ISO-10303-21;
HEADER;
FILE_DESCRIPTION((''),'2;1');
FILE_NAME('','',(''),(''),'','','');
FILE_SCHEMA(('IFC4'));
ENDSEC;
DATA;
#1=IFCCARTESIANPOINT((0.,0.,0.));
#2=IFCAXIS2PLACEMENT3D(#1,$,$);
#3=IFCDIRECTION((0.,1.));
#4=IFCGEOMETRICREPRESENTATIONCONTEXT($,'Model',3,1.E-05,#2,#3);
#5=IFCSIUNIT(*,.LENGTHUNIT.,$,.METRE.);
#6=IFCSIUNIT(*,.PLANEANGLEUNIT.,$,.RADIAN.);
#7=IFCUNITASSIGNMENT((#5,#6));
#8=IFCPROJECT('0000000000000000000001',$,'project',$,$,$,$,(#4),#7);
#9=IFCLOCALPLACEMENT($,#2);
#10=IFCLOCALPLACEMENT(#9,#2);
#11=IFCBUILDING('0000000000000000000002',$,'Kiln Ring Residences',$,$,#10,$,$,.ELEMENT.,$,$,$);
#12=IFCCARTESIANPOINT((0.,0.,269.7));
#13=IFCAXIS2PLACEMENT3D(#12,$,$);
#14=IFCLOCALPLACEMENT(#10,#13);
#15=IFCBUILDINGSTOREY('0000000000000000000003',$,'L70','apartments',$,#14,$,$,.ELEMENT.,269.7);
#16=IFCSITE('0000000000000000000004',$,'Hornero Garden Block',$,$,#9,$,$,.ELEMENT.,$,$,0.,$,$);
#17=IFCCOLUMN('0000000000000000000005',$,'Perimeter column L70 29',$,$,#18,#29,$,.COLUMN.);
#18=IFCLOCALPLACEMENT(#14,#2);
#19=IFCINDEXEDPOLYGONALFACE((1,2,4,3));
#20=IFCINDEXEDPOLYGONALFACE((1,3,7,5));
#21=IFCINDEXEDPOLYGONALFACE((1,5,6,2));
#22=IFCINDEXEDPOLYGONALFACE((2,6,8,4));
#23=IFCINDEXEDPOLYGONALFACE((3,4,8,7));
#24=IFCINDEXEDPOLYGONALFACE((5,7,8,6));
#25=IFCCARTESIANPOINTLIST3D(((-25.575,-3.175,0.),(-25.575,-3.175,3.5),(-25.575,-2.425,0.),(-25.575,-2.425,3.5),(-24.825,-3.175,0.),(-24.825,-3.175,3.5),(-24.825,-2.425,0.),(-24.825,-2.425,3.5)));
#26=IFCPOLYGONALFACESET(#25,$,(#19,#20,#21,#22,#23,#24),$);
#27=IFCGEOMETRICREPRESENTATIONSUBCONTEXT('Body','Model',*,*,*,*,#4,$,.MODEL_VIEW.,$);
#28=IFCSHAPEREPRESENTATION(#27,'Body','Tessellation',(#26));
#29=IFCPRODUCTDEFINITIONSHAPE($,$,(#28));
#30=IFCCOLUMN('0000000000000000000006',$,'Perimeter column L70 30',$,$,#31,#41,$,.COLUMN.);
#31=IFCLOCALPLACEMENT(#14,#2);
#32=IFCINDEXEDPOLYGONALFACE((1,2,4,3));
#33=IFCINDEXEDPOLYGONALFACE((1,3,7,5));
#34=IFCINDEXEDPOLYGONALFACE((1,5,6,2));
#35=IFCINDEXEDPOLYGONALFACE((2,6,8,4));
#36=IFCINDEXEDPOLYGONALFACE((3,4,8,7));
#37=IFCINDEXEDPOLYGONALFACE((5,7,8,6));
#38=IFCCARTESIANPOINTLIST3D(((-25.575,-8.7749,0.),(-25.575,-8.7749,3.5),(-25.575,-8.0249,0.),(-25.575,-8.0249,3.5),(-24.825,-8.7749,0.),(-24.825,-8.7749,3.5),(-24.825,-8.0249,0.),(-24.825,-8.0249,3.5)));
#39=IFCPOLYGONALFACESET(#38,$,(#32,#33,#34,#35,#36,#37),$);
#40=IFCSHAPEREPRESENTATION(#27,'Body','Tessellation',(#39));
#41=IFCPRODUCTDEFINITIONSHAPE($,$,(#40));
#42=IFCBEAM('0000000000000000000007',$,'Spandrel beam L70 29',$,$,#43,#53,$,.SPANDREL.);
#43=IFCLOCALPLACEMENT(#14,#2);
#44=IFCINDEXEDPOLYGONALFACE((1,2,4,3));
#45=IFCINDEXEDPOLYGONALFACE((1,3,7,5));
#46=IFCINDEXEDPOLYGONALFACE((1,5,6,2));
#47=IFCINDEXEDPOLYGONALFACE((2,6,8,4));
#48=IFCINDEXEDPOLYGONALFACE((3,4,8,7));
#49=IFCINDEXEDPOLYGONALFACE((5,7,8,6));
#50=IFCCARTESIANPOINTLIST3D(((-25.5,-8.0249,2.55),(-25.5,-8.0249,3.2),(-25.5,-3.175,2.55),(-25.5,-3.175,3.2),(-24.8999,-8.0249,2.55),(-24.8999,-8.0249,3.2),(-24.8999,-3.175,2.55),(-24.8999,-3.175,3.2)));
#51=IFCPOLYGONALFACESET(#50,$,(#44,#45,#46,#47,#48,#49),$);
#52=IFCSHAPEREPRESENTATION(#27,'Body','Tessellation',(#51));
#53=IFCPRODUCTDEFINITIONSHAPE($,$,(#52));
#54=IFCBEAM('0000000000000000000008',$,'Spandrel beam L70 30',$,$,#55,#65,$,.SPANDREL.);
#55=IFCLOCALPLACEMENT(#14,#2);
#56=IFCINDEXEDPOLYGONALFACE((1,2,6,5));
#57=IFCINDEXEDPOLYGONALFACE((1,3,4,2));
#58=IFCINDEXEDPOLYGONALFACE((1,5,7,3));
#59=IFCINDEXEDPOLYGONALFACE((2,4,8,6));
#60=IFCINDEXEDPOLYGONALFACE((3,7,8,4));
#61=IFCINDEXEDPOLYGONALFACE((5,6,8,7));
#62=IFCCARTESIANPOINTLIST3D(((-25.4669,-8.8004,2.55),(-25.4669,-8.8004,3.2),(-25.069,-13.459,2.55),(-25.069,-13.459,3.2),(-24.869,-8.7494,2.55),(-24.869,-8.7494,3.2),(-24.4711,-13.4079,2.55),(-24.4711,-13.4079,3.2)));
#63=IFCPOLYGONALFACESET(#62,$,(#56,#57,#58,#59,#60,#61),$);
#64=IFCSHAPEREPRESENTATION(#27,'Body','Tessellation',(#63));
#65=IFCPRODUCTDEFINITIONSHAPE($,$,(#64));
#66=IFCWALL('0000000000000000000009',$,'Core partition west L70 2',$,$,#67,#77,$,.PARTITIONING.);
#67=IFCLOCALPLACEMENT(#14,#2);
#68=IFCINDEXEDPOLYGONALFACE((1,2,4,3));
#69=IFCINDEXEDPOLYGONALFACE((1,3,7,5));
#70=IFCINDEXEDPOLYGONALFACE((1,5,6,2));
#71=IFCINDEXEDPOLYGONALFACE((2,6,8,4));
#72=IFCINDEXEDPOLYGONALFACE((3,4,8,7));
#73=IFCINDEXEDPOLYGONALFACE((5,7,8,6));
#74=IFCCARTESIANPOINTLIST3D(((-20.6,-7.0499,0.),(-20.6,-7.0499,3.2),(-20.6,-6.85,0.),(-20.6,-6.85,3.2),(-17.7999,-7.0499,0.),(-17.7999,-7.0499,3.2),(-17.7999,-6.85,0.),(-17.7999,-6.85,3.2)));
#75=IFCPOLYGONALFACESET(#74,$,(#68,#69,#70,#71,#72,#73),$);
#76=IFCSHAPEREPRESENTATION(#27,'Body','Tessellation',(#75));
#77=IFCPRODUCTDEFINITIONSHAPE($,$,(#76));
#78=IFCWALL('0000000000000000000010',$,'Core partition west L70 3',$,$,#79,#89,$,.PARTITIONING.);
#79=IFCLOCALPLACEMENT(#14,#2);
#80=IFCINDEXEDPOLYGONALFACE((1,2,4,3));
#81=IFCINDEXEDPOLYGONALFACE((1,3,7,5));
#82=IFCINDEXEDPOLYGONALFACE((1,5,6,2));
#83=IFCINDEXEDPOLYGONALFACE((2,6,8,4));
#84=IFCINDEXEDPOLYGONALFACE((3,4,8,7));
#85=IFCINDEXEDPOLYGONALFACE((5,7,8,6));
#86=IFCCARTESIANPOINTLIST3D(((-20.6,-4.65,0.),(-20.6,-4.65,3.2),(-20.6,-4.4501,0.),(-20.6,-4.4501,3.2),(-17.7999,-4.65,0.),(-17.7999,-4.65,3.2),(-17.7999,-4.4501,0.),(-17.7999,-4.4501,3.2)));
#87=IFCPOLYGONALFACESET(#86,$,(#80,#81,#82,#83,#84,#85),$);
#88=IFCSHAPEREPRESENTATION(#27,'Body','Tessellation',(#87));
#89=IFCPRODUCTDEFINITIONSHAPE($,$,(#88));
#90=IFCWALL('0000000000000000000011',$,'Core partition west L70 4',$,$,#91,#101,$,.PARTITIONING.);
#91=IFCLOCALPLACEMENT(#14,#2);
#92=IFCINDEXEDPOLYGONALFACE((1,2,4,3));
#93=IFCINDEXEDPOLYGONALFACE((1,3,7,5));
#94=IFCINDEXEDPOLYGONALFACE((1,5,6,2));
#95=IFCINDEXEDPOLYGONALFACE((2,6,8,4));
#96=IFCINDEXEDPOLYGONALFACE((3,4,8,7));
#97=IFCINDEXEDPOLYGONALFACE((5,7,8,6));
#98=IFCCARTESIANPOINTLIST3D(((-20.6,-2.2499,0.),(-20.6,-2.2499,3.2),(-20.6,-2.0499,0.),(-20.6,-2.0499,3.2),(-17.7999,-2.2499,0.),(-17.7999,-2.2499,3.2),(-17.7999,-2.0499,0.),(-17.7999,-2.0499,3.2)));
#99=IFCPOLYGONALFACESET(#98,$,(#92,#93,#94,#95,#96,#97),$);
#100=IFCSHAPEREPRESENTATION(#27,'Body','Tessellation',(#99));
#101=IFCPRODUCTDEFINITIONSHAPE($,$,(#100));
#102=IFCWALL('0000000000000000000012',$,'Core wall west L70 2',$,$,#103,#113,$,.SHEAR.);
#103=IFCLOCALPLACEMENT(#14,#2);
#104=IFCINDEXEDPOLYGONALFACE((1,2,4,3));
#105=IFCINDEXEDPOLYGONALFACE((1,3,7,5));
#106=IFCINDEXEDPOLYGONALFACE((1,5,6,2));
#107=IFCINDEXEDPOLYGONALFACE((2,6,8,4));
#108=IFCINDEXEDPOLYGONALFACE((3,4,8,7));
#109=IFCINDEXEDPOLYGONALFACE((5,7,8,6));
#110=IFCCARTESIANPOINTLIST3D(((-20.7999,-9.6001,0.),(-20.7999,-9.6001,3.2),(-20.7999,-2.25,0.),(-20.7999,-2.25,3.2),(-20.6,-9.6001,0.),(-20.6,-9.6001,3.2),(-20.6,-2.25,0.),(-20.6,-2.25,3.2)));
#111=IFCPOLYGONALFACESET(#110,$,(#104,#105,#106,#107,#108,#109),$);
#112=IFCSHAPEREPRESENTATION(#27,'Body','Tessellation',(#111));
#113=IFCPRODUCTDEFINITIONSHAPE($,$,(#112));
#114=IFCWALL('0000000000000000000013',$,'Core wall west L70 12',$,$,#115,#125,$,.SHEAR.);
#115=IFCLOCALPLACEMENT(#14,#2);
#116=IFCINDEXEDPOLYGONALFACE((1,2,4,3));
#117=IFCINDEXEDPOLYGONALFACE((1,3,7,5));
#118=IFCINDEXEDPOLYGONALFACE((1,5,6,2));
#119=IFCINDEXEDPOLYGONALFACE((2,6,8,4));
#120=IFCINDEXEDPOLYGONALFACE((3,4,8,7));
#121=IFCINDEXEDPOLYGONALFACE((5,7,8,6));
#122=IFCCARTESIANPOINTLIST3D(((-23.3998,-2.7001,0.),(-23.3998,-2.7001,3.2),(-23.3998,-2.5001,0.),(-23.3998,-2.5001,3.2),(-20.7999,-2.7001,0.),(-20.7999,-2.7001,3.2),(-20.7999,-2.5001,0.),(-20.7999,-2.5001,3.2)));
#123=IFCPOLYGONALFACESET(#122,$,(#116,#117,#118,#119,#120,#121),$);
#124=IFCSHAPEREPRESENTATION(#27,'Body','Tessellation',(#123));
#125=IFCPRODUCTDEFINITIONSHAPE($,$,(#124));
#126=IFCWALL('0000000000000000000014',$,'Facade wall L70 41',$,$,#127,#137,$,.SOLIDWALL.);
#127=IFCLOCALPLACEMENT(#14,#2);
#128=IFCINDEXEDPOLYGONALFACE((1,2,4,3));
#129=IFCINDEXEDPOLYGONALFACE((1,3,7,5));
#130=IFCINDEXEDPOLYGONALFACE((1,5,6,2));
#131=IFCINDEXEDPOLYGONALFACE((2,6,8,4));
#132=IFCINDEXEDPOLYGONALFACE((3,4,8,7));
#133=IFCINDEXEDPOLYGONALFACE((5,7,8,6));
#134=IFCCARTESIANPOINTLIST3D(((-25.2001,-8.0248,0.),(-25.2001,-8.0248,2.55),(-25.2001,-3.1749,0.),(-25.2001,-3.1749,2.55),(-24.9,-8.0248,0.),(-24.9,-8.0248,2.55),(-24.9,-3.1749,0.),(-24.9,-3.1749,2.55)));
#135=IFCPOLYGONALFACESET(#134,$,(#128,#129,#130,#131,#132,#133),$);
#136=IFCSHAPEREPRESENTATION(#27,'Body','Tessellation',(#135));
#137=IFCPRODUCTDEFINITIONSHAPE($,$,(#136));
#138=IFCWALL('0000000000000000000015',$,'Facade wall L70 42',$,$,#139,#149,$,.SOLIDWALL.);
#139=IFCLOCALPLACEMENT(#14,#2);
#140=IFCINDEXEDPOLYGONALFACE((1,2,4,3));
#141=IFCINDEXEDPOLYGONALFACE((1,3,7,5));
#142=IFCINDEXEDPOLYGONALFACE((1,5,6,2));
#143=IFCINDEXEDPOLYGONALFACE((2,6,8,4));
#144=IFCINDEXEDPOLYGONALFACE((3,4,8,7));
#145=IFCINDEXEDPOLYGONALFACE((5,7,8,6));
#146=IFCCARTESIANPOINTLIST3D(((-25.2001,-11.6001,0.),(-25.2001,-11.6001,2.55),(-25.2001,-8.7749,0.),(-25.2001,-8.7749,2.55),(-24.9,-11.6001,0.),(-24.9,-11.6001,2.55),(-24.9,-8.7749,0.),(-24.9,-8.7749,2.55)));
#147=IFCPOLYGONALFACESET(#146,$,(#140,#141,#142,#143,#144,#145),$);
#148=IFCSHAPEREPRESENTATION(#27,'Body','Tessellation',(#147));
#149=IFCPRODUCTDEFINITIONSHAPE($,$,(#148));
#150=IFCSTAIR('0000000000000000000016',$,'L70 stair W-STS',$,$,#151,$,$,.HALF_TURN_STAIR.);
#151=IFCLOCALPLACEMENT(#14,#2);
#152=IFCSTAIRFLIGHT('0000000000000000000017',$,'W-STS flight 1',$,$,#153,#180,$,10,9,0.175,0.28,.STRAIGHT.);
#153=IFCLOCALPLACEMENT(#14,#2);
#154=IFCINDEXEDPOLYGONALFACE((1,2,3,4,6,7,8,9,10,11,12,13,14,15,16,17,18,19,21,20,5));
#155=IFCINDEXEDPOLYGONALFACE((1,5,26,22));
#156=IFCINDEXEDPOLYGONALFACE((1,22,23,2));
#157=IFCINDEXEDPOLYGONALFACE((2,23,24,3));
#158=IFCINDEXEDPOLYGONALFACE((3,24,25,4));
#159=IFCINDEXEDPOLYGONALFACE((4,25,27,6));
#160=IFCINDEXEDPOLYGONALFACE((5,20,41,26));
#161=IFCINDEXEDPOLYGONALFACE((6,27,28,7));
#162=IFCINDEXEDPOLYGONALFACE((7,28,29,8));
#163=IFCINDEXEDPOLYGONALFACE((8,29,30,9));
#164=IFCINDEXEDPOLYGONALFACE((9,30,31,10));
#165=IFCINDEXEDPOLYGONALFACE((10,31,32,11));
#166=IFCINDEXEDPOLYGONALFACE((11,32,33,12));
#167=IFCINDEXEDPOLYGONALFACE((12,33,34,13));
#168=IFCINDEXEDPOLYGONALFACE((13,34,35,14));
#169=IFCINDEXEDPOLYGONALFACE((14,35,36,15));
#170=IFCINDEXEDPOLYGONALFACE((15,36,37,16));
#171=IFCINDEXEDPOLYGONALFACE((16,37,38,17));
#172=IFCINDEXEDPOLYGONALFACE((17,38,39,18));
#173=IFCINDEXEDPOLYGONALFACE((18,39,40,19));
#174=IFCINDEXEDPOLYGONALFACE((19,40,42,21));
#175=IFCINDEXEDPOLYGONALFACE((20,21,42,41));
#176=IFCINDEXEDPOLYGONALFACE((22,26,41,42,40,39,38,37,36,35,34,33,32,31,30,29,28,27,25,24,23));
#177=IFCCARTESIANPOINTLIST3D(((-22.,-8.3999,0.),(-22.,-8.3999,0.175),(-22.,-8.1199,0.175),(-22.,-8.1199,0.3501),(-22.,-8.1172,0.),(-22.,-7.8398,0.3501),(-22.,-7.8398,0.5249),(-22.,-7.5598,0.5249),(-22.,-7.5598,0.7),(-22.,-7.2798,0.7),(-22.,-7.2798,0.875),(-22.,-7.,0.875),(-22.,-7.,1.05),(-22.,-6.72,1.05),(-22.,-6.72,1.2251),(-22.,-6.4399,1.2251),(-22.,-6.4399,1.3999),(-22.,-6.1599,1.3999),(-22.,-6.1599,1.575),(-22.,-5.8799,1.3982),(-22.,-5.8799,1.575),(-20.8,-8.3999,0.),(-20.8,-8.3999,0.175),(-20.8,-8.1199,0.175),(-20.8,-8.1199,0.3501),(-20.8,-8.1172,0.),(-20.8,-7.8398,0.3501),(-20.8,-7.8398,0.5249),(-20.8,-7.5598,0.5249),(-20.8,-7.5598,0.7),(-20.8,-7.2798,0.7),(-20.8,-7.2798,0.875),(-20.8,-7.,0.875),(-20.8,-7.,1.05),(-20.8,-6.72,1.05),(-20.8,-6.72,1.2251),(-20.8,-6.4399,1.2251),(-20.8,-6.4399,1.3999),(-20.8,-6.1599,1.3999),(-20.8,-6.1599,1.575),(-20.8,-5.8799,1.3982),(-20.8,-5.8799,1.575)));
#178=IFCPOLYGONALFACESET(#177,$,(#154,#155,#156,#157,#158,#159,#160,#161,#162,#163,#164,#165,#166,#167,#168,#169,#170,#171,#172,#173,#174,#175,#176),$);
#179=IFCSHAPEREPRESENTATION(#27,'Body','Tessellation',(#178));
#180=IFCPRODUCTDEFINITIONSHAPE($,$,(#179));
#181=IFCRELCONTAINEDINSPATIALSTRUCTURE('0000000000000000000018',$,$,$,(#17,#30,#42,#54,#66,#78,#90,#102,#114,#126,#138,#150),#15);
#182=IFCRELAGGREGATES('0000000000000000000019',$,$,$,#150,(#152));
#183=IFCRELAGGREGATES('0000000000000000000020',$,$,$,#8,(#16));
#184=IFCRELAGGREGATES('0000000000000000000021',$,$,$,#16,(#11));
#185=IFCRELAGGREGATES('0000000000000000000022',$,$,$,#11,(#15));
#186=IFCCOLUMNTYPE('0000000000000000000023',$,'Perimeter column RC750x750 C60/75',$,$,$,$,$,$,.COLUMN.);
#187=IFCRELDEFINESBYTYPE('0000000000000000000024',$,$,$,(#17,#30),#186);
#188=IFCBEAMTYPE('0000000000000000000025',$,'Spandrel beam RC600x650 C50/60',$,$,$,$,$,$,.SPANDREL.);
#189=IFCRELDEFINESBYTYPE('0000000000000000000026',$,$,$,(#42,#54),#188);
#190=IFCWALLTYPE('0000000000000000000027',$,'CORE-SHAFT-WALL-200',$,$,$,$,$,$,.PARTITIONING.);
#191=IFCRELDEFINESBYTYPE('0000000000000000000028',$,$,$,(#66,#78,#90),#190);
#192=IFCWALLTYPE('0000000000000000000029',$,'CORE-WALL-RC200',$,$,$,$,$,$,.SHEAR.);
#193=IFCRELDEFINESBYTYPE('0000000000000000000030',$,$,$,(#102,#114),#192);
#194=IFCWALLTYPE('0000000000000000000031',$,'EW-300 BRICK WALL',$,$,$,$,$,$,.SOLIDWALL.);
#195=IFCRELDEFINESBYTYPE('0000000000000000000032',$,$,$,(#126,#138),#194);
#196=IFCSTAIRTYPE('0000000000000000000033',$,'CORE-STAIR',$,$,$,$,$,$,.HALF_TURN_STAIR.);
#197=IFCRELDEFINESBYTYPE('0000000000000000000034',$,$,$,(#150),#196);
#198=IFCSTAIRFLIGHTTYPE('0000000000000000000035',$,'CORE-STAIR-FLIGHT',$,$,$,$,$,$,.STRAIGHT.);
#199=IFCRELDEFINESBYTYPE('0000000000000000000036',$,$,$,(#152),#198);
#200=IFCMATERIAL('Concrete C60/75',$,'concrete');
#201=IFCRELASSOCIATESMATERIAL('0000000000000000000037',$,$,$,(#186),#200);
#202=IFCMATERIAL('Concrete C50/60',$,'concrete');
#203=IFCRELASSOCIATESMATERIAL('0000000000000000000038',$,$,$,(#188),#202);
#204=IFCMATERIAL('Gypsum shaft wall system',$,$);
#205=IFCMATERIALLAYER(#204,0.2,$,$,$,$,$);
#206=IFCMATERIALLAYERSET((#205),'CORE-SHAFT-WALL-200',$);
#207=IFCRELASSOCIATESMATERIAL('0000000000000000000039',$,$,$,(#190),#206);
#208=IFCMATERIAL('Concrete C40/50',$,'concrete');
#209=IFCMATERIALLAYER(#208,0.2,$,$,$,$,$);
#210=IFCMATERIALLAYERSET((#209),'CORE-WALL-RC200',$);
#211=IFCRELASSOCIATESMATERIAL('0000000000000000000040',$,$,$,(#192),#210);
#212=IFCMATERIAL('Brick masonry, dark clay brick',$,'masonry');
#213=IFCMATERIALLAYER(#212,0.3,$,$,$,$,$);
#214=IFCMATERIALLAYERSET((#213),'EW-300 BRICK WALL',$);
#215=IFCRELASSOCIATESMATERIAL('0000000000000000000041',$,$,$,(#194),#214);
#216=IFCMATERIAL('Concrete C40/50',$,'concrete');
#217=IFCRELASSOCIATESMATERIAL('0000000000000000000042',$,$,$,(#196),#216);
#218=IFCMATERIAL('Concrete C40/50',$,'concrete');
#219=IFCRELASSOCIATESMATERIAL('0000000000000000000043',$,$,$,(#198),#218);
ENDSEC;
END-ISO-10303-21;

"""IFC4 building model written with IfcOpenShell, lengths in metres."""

from ifc_helpers import new_model, si_unit, direction, frame, frame_2d, origin, origin_2d, place, context, subcontext, project, spatial, polyline, rectangle, outline, extrude, material, layer, layer_set, material_profile, profile_set, type_object, element, aggregate, save


model = new_model("IFC4")

# Units and contexts
model_context = context("Model", 3, precision=1e-05, world=origin(), true_north=direction((0.0, 1.0)))
body_context = subcontext(model_context, "Body", "Model", "MODEL_VIEW")
ifc_project = project(units=[si_unit("LENGTHUNIT", "METRE"), si_unit("PLANEANGLEUNIT", "RADIAN")], contexts=[model_context])

# Site, building, storey
site_placement = place(None, origin())
site = spatial("IfcSite", under=ifc_project, at=site_placement, Name="Hornero Garden Block", CompositionType="ELEMENT", RefElevation=0.0)
building_placement = place(site_placement, origin())
building = spatial("IfcBuilding", under=site, at=building_placement, Name="Kiln Ring Residences", CompositionType="ELEMENT")
storey_placement = place(building_placement, frame((0.0, 0.0, 269.7)))
storey = spatial("IfcBuildingStorey", under=building, at=storey_placement, Name="L70", Description="apartments", CompositionType="ELEMENT", Elevation=269.7)

# Columns
ifc_material_1 = material(Name="Concrete C60/75", Category="concrete")
ifc_material_profile_1 = material_profile(ifc_material_1, rectangle(XDim=0.75, YDim=0.75, at=origin_2d()), Name="RC750x750")
ifc_profile_set_1 = profile_set([ifc_material_profile_1], Name="Concrete C60/75")
column_type = type_object("IfcColumnType", Name="Perimeter column RC750x750 C60/75", PredefinedType="COLUMN", material=ifc_profile_set_1)
for number, where, z_axis, x_axis, name in (
    (1, (-25.2, -2.8, 0.0), (0.0, 0.0, 1.0), (1.0, 0.0, 0.0), "Perimeter column L70 29"),
    (2, (-25.2, -8.3999, 0.0), (0.0, 0.0, 1.0), (1.0, 0.0, 0.0), "Perimeter column L70 30"),
):
    element("IfcColumn", number, at=place(storey_placement, frame(where, z_axis=z_axis, x_axis=x_axis)), inside=storey, type_object=column_type, Name=name, PredefinedType="COLUMN", context=body_context, shape_type="SweptSolid", body=[
        extrude(rectangle(XDim=0.75, YDim=0.75, at=origin_2d()), origin(), (0.0, 0.0, 1.0), 3.5),
    ])

# Beams
ifc_material_2 = material(Name="Concrete C50/60", Category="concrete")
ifc_material_profile_2 = material_profile(ifc_material_2, rectangle(XDim=0.6001, YDim=0.6499, at=origin_2d()), Name="RC600x650")
ifc_profile_set_2 = profile_set([ifc_material_profile_2], Name="Concrete C50/60")
beam_type = type_object("IfcBeamType", Name="Spandrel beam RC600x650 C50/60", PredefinedType="SPANDREL", material=ifc_profile_set_2)
beam_1_placement = place(storey_placement, frame((-25.2, -3.175, 2.875), z_axis=(0.0, -1.0, 0.0), x_axis=(1.0, 0.0, 0.0)))
element("IfcBeam", 3, at=beam_1_placement, inside=storey, type_object=beam_type, Name="Spandrel beam L70 29", PredefinedType="SPANDREL", context=body_context, shape_type="SweptSolid", body=[
    extrude(rectangle(XDim=0.6001, YDim=0.6499, at=origin_2d()), origin(), (0.0, 0.0, 1.0), 4.8499),
])
beam_2_placement = place(storey_placement, frame((-25.168, -8.7749, 2.875), z_axis=(0.085111, -0.996371, 0.0), x_axis=(0.996371, 0.085111, 0.0)))
element("IfcBeam", 4, at=beam_2_placement, inside=storey, type_object=beam_type, Name="Spandrel beam L70 30", PredefinedType="SPANDREL", context=body_context, shape_type="SweptSolid", body=[
    extrude(rectangle(XDim=0.6001, YDim=0.6499, at=origin_2d()), origin(), (0.0, 0.0, 1.0), 4.6755),
])

# Walls
ifc_material_3 = material(Name="Gypsum shaft wall system")
ifc_layer_1 = layer(ifc_material_3, 0.2)
ifc_layer_set_1 = layer_set([ifc_layer_1], Name="CORE-SHAFT-WALL-200")
wall_type_1 = type_object("IfcWallType", Name="CORE-SHAFT-WALL-200", PredefinedType="PARTITIONING", material=ifc_layer_set_1)
for number, where, z_axis, x_axis, name in (
    (5, (-17.8, -6.95, 0.0), (0.0, 0.0, 1.0), (-1.0, 0.0, 0.0), "Core partition west L70 2"),
    (6, (-17.8, -4.55, 0.0), (0.0, 0.0, 1.0), (-1.0, 0.0, 0.0), "Core partition west L70 3"),
    (7, (-17.8, -2.1499, 0.0), (0.0, 0.0, 1.0), (-1.0, 0.0, 0.0), "Core partition west L70 4"),
):
    element("IfcWall", number, at=place(storey_placement, frame(where, z_axis=z_axis, x_axis=x_axis)), inside=storey, type_object=wall_type_1, Name=name, PredefinedType="PARTITIONING", context=body_context, shape_type="SweptSolid", body=[
        extrude(rectangle(XDim=2.8, YDim=0.2, at=frame_2d((1.3999, 0.0))), origin(), (0.0, 0.0, 1.0), 3.2),
    ])
ifc_material_4 = material(Name="Concrete C40/50", Category="concrete")
ifc_layer_2 = layer(ifc_material_4, 0.2)
ifc_layer_set_2 = layer_set([ifc_layer_2], Name="CORE-WALL-RC200")
wall_type_2 = type_object("IfcWallType", Name="CORE-WALL-RC200", PredefinedType="SHEAR", material=ifc_layer_set_2)
wall_1_placement = place(storey_placement, frame((-20.7, -9.6001, 0.0), z_axis=(0.0, 0.0, 1.0), x_axis=(0.0, 1.0, 0.0)))
element("IfcWall", 8, at=wall_1_placement, inside=storey, type_object=wall_type_2, Name="Core wall west L70 2", PredefinedType="SHEAR", context=body_context, shape_type="SweptSolid", body=[
    extrude(rectangle(XDim=7.3501, YDim=0.2, at=frame_2d((3.675, 0.0))), origin(), (0.0, 0.0, 1.0), 3.2),
])
wall_2_placement = place(storey_placement, frame((-20.8, -2.6001, 0.0), z_axis=(0.0, 0.0, 1.0), x_axis=(-1.0, 0.0, 0.0)))
element("IfcWall", 9, at=wall_2_placement, inside=storey, type_object=wall_type_2, Name="Core wall west L70 12", PredefinedType="SHEAR", context=body_context, shape_type="SweptSolid", body=[
    extrude(rectangle(XDim=2.5999, YDim=0.2, at=frame_2d((1.2998, 0.0))), origin(), (0.0, 0.0, 1.0), 3.2),
])
ifc_material_5 = material(Name="Brick masonry, dark clay brick", Category="masonry")
ifc_layer_3 = layer(ifc_material_5, 0.3)
ifc_layer_set_3 = layer_set([ifc_layer_3], Name="EW-300 BRICK WALL")
wall_type_3 = type_object("IfcWallType", Name="EW-300 BRICK WALL", PredefinedType="SOLIDWALL", material=ifc_layer_set_3)
wall_3_placement = place(storey_placement, frame((-25.05, -3.175, 0.0), z_axis=(0.0, 0.0, 1.0), x_axis=(0.0, -1.0, 0.0)))
element("IfcWall", 10, at=wall_3_placement, inside=storey, type_object=wall_type_3, Name="Facade wall L70 41", PredefinedType="SOLIDWALL", context=body_context, shape_type="SweptSolid", body=[
    extrude(rectangle(XDim=4.8499, YDim=0.3, at=frame_2d((2.4248, 0.0))), origin(), (0.0, 0.0, 1.0), 2.55),
])
wall_4_placement = place(storey_placement, frame((-25.05, -8.7749, 0.0), z_axis=(0.0, 0.0, 1.0), x_axis=(0.0, -1.0, 0.0)))
element("IfcWall", 11, at=wall_4_placement, inside=storey, type_object=wall_type_3, Name="Facade wall L70 42", PredefinedType="SOLIDWALL", context=body_context, shape_type="SweptSolid", body=[
    extrude(rectangle(XDim=2.8252, YDim=0.3, at=frame_2d((1.4126, 0.0))), origin(), (0.0, 0.0, 1.0), 2.55),
])

# Stair, stair flight
ifc_material_6 = material(Name="Concrete C40/50", Category="concrete")
stair_type = type_object("IfcStairType", Name="CORE-STAIR", PredefinedType="HALF_TURN_STAIR", material=ifc_material_6)
stair_placement = place(storey_placement, origin())
stair = element("IfcStair", 12, at=stair_placement, inside=storey, type_object=stair_type, Name="L70 stair W-STS", PredefinedType="HALF_TURN_STAIR")
ifc_material_7 = material(Name="Concrete C40/50", Category="concrete")
stair_flight_type = type_object("IfcStairFlightType", Name="CORE-STAIR-FLIGHT", PredefinedType="STRAIGHT", material=ifc_material_7)
stair_flight_1_placement = place(storey_placement, frame((-21.3999, -8.3999, 0.0), z_axis=(0.0, 0.0, 1.0), x_axis=(0.0, 1.0, 0.0)))
stair_flight_1 = element("IfcStairFlight", 13, at=stair_flight_1_placement, type_object=stair_flight_type, Name="W-STS flight 1", NumberOfRisers=10, NumberOfTreads=9, PredefinedType="STRAIGHT", RiserHeight=0.175, TreadLength=0.28, context=body_context, shape_type="SweptSolid", body=[
    extrude(outline(polyline([(0.0, 0.0), (0.0, 0.175), (0.28, 0.175), (0.28, 0.3501), (0.5601, 0.3501), (0.5601, 0.5249), (0.8401, 0.5249), (0.8401, 0.7), (1.1201, 0.7), (1.1201, 0.875), (1.3999, 0.875), (1.3999, 1.05), (1.6799, 1.05), (1.6799, 1.2251), (1.96, 1.2251), (1.96, 1.3999), (2.24, 1.3999), (2.24, 1.575), (2.52, 1.575), (2.52, 1.75), (2.52, 1.3982), (0.2827, 0.0), (0.0, 0.0)])), frame((0.0, 0.6001, 0.0), z_axis=(0.0, -1.0, 0.0), x_axis=(1.0, 0.0, 0.0)), (0.0, 0.0, 1.0), 1.2),
])
aggregate(stair, [stair_flight_1])

save(model, "model.ifc")
